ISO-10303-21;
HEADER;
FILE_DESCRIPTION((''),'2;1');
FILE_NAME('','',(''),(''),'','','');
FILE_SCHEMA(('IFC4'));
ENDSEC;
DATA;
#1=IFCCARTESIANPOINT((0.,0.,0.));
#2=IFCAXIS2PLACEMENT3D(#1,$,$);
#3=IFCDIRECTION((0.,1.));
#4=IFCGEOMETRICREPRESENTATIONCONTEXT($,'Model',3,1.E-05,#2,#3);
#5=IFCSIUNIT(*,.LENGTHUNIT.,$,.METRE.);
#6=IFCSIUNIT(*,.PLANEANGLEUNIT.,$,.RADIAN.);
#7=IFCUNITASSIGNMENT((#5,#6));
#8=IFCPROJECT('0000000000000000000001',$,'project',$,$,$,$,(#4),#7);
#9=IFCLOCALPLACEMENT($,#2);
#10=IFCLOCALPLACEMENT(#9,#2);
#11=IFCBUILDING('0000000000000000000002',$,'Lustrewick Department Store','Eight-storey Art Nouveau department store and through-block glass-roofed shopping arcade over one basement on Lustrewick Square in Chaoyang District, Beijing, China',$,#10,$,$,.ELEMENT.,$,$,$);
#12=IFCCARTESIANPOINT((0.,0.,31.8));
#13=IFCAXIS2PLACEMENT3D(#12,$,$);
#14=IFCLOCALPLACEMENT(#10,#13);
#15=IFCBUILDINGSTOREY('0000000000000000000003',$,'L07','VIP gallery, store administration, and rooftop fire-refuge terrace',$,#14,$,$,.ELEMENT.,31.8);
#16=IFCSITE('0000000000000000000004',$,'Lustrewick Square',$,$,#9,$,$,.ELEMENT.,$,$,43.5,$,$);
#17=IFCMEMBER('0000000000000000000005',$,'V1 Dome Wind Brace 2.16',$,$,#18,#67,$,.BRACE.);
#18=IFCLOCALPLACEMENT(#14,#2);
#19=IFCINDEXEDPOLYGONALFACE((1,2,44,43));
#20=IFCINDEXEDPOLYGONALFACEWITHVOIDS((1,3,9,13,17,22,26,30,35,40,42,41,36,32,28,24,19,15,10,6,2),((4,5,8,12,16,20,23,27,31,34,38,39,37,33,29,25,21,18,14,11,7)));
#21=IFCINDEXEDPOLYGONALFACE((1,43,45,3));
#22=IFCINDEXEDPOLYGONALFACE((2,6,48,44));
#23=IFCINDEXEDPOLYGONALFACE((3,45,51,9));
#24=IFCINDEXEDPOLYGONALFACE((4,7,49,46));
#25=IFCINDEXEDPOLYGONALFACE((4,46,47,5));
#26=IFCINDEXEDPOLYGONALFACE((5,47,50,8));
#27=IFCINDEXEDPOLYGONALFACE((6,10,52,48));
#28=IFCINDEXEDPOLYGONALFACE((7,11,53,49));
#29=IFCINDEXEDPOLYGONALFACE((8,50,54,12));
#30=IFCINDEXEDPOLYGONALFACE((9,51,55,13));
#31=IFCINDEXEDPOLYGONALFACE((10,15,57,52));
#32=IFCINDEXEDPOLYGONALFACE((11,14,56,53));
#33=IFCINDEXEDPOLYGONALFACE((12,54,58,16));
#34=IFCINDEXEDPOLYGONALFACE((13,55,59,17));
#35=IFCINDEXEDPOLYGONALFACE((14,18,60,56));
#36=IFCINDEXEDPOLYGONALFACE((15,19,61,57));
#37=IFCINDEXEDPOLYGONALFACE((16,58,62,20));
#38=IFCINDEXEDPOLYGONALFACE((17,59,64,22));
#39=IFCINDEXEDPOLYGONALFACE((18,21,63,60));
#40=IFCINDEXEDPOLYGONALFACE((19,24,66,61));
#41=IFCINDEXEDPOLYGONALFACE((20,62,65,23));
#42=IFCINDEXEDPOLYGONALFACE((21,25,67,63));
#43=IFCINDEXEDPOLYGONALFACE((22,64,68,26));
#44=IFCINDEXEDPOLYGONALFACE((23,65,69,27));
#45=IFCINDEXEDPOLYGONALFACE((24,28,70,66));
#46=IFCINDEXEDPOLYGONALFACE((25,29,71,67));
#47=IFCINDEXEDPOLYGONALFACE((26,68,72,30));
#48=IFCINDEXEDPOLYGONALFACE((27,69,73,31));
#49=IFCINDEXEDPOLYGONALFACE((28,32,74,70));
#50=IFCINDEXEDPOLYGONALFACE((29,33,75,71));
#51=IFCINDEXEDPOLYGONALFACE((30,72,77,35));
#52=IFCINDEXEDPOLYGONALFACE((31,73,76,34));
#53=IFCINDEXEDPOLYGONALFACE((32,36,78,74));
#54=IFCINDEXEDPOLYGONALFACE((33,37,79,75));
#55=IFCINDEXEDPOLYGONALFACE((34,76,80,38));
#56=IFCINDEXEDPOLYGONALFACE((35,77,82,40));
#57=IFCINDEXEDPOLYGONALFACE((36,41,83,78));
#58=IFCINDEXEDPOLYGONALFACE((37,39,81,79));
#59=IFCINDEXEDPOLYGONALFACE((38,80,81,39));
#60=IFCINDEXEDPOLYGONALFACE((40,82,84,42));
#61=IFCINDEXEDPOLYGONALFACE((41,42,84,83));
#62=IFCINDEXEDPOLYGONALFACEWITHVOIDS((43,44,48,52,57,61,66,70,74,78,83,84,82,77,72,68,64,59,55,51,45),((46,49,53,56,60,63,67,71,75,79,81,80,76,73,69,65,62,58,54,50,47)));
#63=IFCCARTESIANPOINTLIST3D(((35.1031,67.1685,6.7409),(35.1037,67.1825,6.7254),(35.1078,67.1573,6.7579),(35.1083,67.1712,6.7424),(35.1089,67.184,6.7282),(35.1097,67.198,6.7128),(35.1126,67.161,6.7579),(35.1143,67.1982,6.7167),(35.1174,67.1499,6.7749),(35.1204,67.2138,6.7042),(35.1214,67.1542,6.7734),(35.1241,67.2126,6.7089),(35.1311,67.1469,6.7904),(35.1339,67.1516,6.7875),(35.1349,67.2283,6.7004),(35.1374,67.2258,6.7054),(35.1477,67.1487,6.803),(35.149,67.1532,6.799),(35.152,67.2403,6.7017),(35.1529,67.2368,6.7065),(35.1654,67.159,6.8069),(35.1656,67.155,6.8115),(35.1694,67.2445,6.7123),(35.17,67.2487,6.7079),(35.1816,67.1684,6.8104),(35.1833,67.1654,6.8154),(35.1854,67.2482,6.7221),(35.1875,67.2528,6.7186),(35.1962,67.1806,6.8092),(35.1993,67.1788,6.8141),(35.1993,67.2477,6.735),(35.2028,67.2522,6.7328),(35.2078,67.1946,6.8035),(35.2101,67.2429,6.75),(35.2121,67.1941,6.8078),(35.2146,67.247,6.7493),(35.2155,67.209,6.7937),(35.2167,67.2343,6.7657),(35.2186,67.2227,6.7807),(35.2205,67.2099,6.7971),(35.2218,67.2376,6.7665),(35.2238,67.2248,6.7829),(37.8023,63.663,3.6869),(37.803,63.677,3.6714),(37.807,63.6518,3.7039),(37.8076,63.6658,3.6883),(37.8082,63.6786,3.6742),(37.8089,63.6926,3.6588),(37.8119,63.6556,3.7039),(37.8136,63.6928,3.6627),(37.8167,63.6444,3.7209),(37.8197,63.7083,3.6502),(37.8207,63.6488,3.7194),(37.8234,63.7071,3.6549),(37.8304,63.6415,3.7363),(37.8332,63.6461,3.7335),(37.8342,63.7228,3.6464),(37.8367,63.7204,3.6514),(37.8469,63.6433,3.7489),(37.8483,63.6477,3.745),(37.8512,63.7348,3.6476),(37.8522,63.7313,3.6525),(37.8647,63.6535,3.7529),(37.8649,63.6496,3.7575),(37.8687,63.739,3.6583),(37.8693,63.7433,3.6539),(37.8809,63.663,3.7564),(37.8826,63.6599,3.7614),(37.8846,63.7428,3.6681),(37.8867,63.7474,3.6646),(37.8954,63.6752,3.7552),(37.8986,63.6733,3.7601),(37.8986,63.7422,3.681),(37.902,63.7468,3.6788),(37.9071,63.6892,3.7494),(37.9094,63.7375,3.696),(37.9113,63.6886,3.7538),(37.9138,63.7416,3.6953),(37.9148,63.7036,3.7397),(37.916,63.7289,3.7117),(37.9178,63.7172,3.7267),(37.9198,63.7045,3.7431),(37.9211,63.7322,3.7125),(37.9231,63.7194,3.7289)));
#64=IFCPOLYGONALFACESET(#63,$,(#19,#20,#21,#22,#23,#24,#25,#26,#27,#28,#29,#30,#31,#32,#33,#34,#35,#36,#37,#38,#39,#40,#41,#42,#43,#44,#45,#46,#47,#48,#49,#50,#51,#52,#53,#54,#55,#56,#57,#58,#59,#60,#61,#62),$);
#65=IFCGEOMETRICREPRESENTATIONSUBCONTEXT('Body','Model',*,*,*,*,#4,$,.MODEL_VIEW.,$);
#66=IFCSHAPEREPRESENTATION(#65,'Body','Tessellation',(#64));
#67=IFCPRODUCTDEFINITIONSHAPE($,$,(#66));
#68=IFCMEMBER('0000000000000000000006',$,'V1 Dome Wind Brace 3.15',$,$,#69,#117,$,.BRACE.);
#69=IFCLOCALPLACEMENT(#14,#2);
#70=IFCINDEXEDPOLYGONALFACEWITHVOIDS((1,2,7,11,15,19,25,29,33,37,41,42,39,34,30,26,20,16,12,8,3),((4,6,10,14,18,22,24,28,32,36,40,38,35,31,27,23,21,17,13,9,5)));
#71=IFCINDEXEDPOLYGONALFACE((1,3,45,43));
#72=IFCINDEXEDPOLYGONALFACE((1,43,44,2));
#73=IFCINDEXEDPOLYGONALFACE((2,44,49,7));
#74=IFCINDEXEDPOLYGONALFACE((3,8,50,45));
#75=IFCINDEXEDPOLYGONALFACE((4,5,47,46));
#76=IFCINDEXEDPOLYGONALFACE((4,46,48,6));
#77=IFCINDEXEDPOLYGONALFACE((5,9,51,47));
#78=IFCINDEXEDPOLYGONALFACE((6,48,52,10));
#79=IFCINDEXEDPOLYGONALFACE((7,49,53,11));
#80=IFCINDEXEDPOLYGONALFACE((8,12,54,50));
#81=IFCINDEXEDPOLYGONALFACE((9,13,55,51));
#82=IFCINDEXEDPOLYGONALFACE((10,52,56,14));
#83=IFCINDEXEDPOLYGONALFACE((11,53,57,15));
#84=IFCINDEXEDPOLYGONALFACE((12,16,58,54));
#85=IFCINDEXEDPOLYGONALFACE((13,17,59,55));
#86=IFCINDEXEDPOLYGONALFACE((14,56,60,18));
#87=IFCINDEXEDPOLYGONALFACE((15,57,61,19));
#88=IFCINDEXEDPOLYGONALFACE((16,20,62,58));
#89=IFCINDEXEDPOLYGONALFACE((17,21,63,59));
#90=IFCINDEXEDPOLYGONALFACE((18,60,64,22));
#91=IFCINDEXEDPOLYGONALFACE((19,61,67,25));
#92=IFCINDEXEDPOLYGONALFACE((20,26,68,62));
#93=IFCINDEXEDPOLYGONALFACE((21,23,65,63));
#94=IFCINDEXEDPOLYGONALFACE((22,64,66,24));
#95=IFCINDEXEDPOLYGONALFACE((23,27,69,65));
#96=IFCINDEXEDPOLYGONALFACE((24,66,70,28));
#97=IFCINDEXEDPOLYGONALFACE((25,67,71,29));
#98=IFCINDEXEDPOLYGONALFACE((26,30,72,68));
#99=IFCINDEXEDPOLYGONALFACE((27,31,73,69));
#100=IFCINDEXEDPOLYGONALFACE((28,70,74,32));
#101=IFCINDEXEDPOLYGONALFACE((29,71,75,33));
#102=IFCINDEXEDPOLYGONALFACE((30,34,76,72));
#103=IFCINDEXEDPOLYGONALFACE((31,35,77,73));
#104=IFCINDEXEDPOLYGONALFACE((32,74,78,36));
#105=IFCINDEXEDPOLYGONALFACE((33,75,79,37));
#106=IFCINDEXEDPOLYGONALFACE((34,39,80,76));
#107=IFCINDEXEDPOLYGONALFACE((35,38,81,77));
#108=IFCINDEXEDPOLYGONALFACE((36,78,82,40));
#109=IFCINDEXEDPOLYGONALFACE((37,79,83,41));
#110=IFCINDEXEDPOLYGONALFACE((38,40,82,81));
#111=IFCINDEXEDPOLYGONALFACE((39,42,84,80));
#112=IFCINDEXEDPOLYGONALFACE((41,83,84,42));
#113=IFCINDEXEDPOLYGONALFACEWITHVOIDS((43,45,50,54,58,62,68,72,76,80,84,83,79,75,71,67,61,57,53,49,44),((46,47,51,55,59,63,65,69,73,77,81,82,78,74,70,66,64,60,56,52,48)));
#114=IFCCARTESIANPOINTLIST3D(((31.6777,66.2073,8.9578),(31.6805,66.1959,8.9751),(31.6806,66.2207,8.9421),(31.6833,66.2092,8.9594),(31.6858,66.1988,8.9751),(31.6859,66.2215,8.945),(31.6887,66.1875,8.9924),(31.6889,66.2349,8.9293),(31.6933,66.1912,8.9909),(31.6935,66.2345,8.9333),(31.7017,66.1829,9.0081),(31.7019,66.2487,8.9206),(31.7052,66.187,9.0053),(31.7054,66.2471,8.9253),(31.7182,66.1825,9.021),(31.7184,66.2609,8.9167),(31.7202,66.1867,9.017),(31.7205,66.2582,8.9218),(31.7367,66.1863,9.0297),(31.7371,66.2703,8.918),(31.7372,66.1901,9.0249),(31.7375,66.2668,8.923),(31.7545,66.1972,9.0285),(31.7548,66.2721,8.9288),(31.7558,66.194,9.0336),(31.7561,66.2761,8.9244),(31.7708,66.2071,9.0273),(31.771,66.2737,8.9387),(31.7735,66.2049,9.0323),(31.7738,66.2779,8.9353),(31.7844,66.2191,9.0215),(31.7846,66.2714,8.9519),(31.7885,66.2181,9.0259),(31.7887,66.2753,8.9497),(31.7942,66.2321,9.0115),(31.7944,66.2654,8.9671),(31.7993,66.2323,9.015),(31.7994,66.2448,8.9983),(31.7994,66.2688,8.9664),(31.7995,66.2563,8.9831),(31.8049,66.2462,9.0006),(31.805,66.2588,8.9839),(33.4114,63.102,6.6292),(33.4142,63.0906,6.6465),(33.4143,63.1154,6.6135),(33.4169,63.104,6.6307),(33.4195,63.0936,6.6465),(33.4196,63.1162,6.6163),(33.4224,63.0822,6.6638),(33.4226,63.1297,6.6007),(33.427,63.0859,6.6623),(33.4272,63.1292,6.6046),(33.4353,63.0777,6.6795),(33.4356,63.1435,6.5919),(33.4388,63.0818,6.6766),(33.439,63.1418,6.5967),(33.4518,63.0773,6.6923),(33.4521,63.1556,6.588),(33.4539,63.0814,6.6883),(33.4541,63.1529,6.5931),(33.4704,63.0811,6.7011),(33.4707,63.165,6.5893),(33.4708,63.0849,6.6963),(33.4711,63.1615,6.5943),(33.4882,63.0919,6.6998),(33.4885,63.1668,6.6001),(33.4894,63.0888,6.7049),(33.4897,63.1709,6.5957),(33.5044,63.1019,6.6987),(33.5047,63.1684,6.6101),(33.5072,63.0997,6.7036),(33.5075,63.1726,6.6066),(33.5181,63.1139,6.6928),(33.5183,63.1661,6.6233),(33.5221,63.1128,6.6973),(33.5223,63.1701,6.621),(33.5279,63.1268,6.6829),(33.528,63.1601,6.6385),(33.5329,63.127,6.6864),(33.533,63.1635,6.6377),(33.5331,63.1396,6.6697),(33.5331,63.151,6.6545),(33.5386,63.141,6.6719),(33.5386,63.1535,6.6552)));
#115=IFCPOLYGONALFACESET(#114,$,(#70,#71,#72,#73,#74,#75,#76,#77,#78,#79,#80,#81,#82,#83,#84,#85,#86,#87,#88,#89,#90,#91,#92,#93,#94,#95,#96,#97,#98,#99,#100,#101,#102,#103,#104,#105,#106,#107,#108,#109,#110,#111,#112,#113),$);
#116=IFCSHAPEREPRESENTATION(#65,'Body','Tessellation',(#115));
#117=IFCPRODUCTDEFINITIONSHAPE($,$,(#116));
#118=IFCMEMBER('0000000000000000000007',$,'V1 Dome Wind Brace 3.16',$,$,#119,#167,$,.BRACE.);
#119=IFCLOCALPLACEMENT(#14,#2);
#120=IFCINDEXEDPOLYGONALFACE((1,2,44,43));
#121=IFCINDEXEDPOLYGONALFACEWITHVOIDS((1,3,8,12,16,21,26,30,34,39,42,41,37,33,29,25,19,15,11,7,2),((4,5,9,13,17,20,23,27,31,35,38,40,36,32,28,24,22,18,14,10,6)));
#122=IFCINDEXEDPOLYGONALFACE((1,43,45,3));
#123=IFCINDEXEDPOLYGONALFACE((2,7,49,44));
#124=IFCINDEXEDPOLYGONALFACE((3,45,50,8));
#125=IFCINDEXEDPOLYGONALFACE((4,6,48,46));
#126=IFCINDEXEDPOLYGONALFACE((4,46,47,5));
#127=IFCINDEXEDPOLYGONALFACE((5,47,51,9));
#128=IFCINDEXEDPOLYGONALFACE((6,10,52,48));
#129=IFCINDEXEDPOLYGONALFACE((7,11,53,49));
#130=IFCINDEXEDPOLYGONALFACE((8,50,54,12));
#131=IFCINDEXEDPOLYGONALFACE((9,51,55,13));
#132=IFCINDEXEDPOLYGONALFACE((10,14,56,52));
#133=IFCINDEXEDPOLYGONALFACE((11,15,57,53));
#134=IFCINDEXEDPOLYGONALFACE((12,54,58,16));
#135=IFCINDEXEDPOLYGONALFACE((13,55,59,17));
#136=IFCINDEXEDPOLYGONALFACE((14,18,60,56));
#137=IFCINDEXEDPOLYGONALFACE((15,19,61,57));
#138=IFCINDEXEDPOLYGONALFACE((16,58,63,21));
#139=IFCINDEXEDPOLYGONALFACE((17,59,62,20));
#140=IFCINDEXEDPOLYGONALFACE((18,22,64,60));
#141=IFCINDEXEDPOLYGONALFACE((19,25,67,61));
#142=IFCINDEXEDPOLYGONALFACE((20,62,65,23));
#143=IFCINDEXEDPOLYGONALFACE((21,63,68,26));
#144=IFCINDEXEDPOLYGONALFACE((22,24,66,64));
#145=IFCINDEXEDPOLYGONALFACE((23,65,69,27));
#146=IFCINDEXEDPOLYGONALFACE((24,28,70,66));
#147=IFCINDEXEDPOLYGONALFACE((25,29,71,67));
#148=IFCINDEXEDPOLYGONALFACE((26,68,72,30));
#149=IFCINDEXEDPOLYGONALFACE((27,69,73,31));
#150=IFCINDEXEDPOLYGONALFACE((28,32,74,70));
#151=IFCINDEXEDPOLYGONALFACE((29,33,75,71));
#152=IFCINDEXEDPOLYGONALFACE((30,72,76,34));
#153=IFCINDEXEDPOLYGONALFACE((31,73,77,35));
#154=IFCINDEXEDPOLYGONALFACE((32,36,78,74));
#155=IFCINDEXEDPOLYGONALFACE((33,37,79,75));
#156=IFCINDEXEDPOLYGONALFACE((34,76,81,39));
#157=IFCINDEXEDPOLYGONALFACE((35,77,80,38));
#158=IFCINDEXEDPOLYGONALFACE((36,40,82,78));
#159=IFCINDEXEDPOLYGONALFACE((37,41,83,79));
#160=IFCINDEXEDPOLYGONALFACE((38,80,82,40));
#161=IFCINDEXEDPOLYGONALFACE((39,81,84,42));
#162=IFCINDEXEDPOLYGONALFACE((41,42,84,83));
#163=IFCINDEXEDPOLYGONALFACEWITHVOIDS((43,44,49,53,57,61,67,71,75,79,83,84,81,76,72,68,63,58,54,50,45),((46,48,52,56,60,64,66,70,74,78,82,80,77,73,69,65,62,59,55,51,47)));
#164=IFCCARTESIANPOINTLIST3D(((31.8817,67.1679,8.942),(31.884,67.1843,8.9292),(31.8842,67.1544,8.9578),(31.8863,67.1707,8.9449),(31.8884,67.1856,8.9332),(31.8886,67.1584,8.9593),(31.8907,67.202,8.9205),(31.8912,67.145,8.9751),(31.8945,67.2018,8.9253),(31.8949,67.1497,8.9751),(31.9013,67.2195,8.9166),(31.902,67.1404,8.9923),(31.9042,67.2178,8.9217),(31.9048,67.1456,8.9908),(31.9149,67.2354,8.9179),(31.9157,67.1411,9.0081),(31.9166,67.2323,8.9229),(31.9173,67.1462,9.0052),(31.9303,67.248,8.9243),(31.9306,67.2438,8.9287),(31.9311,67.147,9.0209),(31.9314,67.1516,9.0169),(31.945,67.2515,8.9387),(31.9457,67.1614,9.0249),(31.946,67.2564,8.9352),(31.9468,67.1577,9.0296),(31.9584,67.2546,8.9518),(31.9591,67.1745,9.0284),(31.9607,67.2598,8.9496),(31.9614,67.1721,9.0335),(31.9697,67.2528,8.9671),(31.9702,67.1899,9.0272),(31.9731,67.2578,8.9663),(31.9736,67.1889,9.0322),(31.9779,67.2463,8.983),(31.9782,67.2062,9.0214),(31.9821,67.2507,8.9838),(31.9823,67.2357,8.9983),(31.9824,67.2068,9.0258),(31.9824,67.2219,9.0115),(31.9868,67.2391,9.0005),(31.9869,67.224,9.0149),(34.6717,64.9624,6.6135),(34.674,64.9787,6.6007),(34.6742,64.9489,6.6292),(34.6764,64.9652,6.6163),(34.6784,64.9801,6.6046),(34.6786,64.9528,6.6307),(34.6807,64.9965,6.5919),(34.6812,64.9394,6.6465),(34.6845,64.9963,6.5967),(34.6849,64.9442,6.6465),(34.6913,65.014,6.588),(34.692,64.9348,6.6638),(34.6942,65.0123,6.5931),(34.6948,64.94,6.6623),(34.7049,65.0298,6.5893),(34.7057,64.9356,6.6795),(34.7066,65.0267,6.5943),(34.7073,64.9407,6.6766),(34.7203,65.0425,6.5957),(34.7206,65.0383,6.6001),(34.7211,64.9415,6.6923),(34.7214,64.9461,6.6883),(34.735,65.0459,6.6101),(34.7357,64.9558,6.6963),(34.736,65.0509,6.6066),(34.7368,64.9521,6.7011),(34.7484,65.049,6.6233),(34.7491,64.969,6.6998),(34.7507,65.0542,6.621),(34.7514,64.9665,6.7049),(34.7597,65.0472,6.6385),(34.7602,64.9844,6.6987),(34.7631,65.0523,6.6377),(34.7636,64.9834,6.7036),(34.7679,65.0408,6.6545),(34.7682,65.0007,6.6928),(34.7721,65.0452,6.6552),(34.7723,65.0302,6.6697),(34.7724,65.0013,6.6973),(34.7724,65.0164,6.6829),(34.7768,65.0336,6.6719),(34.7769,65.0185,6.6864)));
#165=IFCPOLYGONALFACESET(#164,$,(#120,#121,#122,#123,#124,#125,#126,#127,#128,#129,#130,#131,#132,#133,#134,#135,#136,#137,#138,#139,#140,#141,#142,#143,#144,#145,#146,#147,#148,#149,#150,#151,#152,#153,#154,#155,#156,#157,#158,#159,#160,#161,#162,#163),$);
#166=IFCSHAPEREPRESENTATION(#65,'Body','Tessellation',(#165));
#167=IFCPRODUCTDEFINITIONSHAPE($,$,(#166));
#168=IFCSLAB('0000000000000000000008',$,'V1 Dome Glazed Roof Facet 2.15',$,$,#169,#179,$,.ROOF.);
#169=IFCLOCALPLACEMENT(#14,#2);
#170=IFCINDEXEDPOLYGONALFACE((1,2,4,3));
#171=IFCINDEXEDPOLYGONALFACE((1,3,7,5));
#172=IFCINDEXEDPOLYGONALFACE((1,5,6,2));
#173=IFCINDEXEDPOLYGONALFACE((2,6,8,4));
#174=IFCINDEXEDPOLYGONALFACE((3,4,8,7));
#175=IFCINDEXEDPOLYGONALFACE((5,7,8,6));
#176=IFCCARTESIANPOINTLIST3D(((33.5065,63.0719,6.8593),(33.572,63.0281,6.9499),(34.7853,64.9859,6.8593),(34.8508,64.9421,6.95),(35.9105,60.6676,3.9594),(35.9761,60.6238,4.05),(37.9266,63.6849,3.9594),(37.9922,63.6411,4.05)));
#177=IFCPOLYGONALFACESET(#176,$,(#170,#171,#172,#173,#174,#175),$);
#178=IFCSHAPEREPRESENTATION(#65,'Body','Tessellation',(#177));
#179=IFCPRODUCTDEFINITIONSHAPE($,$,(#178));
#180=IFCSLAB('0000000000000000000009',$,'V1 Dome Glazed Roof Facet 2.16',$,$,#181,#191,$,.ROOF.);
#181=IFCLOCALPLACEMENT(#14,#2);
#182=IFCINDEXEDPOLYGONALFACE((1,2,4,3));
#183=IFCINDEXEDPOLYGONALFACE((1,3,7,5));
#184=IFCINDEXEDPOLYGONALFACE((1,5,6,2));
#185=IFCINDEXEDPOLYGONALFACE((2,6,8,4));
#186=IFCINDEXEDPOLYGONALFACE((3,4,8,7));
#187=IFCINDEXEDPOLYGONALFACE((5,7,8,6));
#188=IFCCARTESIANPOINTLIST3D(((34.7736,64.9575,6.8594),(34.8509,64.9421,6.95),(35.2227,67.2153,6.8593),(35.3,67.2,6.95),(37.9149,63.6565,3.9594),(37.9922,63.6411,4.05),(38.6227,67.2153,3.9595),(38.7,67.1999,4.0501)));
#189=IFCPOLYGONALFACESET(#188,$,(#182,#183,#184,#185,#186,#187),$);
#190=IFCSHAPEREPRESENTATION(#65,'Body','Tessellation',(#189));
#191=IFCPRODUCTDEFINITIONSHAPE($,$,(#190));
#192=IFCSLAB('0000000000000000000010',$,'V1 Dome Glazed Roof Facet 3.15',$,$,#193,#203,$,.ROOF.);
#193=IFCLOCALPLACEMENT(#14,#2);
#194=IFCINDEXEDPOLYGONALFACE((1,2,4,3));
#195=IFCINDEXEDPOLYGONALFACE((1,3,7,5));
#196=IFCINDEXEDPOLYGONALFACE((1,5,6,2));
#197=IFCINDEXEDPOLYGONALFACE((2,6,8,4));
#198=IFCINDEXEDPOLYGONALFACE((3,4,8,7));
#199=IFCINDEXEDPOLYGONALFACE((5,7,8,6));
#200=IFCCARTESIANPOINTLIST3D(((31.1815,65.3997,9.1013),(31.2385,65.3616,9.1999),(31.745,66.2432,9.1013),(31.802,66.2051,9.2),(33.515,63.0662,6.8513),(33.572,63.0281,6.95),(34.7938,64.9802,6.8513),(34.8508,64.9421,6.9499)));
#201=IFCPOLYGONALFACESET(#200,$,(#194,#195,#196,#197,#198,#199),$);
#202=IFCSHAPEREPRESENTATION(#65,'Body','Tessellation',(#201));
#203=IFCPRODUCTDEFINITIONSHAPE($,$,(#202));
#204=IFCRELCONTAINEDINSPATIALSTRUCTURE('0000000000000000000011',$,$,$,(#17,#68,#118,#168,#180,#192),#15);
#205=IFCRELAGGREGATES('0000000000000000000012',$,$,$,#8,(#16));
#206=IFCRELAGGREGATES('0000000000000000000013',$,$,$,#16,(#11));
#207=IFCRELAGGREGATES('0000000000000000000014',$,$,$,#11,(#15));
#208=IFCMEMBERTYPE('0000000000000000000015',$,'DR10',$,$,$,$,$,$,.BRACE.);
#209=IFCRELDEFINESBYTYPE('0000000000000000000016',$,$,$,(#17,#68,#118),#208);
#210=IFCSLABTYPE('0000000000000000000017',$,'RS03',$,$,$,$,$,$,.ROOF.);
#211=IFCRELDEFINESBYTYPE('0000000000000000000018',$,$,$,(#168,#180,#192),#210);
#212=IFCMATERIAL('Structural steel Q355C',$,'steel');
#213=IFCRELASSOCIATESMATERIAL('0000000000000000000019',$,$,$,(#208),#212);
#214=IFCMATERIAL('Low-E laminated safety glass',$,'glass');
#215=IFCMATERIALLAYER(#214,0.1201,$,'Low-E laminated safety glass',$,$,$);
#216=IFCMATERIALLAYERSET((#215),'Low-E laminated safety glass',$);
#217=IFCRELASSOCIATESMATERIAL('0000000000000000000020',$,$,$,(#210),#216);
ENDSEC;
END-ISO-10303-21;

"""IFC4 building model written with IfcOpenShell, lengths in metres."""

from ifc_helpers import new_model, si_unit, direction, frame, origin, origin_2d, place, context, subcontext, project, spatial, polyline, hollow_circle, outline, extrude, material, layer, layer_set, material_profile, profile_set, type_object, element, save


model = new_model("IFC4")

# Units and contexts
model_context = context("Model", 3, precision=1e-05, world=origin(), true_north=direction((0.0, 1.0)))
body_context = subcontext(model_context, "Body", "Model", "MODEL_VIEW")
ifc_project = project(units=[si_unit("LENGTHUNIT", "METRE"), si_unit("PLANEANGLEUNIT", "RADIAN")], contexts=[model_context])

# Site, building, storey
site_placement = place(None, origin())
site = spatial("IfcSite", under=ifc_project, at=site_placement, Name="Lustrewick Square", CompositionType="ELEMENT", RefElevation=43.5)
building_placement = place(site_placement, origin())
building = spatial("IfcBuilding", under=site, at=building_placement, Name="Lustrewick Department Store", Description="Eight-storey Art Nouveau department store and through-block glass-roofed shopping arcade over one basement on Lustrewick Square in Chaoyang District, Beijing, China", CompositionType="ELEMENT")
storey_placement = place(building_placement, frame((0.0, 0.0, 31.8)))
storey = spatial("IfcBuildingStorey", under=building, at=storey_placement, Name="L07", Description="VIP gallery, store administration, and rooftop fire-refuge terrace", CompositionType="ELEMENT", Elevation=31.8)

# Members
ifc_material_1 = material(Name="Structural steel Q355C", Category="steel")
ifc_material_profile_1 = material_profile(ifc_material_1, hollow_circle(Radius=0.0701, WallThickness=0.0061, at=origin_2d()), Name="CHS 140x6")
ifc_profile_set_1 = profile_set([ifc_material_profile_1], Name="Structural steel Q355C")
member_type_1 = type_object("IfcMemberType", Name="DR10", PredefinedType="BRACE", material=ifc_profile_set_1)
for number, where, z_axis, x_axis, name in (
    (1, (37.8625, 63.6946, 3.7039), (-0.502098, 0.652056, 0.568085), (-0.79232, -0.610105, 0.0), "V1 Dome Wind Brace 2.16"),
):
    element("IfcMember", number, at=place(storey_placement, frame(where, z_axis=z_axis, x_axis=x_axis)), inside=storey, type_object=member_type_1, Name=name, PredefinedType="BRACE", context=body_context, shape_type="SweptSolid", body=[
        extrude(hollow_circle(Radius=0.0701, WallThickness=0.0061, at=origin_2d()), origin(), (0.0, 0.0, 1.0), 5.376),
    ])
for number, where, z_axis, x_axis, name in (
    (2, (33.4753, 63.1248, 6.6465), (-0.407827, 0.730482, 0.54779), (-0.873139, -0.487472, 0.0), "V1 Dome Wind Brace 3.15"),
    (3, (34.7246, 64.9944, 6.6465), (-0.65632, 0.518831, 0.547776), (-0.620147, -0.784485, 0.0), "V1 Dome Wind Brace 3.16"),
):
    element("IfcMember", number, at=place(storey_placement, frame(where, z_axis=z_axis, x_axis=x_axis)), inside=storey, type_object=member_type_1, Name=name, PredefinedType="BRACE", context=body_context, shape_type="SweptSolid", body=[
        extrude(hollow_circle(Radius=0.0701, WallThickness=0.0061, at=origin_2d()), origin(), (0.0, 0.0, 1.0), 4.251),
    ])

# Slabs
ifc_material_2 = material(Name="Low-E laminated safety glass", Category="glass")
ifc_layer = layer(ifc_material_2, 0.1201, Name="Low-E laminated safety glass")
ifc_layer_set = layer_set([ifc_layer], Name="Low-E laminated safety glass")
slab_type = type_object("IfcSlabType", Name="RS03", PredefinedType="ROOF", material=ifc_layer_set)
slab_1_placement = place(storey_placement, frame((35.9761, 60.6238, 4.05), z_axis=(0.545617, -0.364555, 0.754588), x_axis=(0.555563, 0.831474, -0.000009)))
element("IfcSlab", 4, at=slab_1_placement, inside=storey, type_object=slab_type, Name="V1 Dome Glazed Roof Facet 2.15", PredefinedType="ROOF", context=body_context, shape_type="SweptSolid", body=[
    extrude(outline(polyline([(0.0, 0.0), (3.6289, 0.0), (2.9654, 4.4193), (0.6635, 4.4192), (0.0, 0.0)])), origin(), (0.0, 0.0, -1.0), 0.1201),
])
slab_2_placement = place(storey_placement, frame((37.9922, 63.6411, 4.05), z_axis=(0.643592, -0.128016, 0.754587), x_axis=(0.195069, 0.98079, 0.000016)))
element("IfcSlab", 5, at=slab_2_placement, inside=storey, type_object=slab_type, Name="V1 Dome Glazed Roof Facet 2.16", PredefinedType="ROOF", context=body_context, shape_type="SweptSolid", body=[
    extrude(outline(polyline([(0.0, 0.0), (3.6285, 0.0), (2.9654, 4.4192), (0.6633, 4.4193), (0.0, 0.0)])), origin(), (0.0, 0.0, -1.0), 0.1201),
])
slab_3_placement = place(storey_placement, frame((33.572, 63.0281, 6.95), z_axis=(0.474618, -0.317084, 0.821094), x_axis=(0.555527, 0.831499, -0.000009)))
element("IfcSlab", 6, at=slab_3_placement, inside=storey, type_object=slab_type, Name="V1 Dome Glazed Roof Facet 3.15", PredefinedType="ROOF", context=body_context, shape_type="SweptSolid", body=[
    extrude(outline(polyline([(0.0, 0.0), (2.302, 0.0), (1.6584, 3.9419), (0.644, 3.9419), (0.0, 0.0)])), origin(), (0.0, 0.0, -1.0), 0.1201),
])

save(model, "model.ifc")
